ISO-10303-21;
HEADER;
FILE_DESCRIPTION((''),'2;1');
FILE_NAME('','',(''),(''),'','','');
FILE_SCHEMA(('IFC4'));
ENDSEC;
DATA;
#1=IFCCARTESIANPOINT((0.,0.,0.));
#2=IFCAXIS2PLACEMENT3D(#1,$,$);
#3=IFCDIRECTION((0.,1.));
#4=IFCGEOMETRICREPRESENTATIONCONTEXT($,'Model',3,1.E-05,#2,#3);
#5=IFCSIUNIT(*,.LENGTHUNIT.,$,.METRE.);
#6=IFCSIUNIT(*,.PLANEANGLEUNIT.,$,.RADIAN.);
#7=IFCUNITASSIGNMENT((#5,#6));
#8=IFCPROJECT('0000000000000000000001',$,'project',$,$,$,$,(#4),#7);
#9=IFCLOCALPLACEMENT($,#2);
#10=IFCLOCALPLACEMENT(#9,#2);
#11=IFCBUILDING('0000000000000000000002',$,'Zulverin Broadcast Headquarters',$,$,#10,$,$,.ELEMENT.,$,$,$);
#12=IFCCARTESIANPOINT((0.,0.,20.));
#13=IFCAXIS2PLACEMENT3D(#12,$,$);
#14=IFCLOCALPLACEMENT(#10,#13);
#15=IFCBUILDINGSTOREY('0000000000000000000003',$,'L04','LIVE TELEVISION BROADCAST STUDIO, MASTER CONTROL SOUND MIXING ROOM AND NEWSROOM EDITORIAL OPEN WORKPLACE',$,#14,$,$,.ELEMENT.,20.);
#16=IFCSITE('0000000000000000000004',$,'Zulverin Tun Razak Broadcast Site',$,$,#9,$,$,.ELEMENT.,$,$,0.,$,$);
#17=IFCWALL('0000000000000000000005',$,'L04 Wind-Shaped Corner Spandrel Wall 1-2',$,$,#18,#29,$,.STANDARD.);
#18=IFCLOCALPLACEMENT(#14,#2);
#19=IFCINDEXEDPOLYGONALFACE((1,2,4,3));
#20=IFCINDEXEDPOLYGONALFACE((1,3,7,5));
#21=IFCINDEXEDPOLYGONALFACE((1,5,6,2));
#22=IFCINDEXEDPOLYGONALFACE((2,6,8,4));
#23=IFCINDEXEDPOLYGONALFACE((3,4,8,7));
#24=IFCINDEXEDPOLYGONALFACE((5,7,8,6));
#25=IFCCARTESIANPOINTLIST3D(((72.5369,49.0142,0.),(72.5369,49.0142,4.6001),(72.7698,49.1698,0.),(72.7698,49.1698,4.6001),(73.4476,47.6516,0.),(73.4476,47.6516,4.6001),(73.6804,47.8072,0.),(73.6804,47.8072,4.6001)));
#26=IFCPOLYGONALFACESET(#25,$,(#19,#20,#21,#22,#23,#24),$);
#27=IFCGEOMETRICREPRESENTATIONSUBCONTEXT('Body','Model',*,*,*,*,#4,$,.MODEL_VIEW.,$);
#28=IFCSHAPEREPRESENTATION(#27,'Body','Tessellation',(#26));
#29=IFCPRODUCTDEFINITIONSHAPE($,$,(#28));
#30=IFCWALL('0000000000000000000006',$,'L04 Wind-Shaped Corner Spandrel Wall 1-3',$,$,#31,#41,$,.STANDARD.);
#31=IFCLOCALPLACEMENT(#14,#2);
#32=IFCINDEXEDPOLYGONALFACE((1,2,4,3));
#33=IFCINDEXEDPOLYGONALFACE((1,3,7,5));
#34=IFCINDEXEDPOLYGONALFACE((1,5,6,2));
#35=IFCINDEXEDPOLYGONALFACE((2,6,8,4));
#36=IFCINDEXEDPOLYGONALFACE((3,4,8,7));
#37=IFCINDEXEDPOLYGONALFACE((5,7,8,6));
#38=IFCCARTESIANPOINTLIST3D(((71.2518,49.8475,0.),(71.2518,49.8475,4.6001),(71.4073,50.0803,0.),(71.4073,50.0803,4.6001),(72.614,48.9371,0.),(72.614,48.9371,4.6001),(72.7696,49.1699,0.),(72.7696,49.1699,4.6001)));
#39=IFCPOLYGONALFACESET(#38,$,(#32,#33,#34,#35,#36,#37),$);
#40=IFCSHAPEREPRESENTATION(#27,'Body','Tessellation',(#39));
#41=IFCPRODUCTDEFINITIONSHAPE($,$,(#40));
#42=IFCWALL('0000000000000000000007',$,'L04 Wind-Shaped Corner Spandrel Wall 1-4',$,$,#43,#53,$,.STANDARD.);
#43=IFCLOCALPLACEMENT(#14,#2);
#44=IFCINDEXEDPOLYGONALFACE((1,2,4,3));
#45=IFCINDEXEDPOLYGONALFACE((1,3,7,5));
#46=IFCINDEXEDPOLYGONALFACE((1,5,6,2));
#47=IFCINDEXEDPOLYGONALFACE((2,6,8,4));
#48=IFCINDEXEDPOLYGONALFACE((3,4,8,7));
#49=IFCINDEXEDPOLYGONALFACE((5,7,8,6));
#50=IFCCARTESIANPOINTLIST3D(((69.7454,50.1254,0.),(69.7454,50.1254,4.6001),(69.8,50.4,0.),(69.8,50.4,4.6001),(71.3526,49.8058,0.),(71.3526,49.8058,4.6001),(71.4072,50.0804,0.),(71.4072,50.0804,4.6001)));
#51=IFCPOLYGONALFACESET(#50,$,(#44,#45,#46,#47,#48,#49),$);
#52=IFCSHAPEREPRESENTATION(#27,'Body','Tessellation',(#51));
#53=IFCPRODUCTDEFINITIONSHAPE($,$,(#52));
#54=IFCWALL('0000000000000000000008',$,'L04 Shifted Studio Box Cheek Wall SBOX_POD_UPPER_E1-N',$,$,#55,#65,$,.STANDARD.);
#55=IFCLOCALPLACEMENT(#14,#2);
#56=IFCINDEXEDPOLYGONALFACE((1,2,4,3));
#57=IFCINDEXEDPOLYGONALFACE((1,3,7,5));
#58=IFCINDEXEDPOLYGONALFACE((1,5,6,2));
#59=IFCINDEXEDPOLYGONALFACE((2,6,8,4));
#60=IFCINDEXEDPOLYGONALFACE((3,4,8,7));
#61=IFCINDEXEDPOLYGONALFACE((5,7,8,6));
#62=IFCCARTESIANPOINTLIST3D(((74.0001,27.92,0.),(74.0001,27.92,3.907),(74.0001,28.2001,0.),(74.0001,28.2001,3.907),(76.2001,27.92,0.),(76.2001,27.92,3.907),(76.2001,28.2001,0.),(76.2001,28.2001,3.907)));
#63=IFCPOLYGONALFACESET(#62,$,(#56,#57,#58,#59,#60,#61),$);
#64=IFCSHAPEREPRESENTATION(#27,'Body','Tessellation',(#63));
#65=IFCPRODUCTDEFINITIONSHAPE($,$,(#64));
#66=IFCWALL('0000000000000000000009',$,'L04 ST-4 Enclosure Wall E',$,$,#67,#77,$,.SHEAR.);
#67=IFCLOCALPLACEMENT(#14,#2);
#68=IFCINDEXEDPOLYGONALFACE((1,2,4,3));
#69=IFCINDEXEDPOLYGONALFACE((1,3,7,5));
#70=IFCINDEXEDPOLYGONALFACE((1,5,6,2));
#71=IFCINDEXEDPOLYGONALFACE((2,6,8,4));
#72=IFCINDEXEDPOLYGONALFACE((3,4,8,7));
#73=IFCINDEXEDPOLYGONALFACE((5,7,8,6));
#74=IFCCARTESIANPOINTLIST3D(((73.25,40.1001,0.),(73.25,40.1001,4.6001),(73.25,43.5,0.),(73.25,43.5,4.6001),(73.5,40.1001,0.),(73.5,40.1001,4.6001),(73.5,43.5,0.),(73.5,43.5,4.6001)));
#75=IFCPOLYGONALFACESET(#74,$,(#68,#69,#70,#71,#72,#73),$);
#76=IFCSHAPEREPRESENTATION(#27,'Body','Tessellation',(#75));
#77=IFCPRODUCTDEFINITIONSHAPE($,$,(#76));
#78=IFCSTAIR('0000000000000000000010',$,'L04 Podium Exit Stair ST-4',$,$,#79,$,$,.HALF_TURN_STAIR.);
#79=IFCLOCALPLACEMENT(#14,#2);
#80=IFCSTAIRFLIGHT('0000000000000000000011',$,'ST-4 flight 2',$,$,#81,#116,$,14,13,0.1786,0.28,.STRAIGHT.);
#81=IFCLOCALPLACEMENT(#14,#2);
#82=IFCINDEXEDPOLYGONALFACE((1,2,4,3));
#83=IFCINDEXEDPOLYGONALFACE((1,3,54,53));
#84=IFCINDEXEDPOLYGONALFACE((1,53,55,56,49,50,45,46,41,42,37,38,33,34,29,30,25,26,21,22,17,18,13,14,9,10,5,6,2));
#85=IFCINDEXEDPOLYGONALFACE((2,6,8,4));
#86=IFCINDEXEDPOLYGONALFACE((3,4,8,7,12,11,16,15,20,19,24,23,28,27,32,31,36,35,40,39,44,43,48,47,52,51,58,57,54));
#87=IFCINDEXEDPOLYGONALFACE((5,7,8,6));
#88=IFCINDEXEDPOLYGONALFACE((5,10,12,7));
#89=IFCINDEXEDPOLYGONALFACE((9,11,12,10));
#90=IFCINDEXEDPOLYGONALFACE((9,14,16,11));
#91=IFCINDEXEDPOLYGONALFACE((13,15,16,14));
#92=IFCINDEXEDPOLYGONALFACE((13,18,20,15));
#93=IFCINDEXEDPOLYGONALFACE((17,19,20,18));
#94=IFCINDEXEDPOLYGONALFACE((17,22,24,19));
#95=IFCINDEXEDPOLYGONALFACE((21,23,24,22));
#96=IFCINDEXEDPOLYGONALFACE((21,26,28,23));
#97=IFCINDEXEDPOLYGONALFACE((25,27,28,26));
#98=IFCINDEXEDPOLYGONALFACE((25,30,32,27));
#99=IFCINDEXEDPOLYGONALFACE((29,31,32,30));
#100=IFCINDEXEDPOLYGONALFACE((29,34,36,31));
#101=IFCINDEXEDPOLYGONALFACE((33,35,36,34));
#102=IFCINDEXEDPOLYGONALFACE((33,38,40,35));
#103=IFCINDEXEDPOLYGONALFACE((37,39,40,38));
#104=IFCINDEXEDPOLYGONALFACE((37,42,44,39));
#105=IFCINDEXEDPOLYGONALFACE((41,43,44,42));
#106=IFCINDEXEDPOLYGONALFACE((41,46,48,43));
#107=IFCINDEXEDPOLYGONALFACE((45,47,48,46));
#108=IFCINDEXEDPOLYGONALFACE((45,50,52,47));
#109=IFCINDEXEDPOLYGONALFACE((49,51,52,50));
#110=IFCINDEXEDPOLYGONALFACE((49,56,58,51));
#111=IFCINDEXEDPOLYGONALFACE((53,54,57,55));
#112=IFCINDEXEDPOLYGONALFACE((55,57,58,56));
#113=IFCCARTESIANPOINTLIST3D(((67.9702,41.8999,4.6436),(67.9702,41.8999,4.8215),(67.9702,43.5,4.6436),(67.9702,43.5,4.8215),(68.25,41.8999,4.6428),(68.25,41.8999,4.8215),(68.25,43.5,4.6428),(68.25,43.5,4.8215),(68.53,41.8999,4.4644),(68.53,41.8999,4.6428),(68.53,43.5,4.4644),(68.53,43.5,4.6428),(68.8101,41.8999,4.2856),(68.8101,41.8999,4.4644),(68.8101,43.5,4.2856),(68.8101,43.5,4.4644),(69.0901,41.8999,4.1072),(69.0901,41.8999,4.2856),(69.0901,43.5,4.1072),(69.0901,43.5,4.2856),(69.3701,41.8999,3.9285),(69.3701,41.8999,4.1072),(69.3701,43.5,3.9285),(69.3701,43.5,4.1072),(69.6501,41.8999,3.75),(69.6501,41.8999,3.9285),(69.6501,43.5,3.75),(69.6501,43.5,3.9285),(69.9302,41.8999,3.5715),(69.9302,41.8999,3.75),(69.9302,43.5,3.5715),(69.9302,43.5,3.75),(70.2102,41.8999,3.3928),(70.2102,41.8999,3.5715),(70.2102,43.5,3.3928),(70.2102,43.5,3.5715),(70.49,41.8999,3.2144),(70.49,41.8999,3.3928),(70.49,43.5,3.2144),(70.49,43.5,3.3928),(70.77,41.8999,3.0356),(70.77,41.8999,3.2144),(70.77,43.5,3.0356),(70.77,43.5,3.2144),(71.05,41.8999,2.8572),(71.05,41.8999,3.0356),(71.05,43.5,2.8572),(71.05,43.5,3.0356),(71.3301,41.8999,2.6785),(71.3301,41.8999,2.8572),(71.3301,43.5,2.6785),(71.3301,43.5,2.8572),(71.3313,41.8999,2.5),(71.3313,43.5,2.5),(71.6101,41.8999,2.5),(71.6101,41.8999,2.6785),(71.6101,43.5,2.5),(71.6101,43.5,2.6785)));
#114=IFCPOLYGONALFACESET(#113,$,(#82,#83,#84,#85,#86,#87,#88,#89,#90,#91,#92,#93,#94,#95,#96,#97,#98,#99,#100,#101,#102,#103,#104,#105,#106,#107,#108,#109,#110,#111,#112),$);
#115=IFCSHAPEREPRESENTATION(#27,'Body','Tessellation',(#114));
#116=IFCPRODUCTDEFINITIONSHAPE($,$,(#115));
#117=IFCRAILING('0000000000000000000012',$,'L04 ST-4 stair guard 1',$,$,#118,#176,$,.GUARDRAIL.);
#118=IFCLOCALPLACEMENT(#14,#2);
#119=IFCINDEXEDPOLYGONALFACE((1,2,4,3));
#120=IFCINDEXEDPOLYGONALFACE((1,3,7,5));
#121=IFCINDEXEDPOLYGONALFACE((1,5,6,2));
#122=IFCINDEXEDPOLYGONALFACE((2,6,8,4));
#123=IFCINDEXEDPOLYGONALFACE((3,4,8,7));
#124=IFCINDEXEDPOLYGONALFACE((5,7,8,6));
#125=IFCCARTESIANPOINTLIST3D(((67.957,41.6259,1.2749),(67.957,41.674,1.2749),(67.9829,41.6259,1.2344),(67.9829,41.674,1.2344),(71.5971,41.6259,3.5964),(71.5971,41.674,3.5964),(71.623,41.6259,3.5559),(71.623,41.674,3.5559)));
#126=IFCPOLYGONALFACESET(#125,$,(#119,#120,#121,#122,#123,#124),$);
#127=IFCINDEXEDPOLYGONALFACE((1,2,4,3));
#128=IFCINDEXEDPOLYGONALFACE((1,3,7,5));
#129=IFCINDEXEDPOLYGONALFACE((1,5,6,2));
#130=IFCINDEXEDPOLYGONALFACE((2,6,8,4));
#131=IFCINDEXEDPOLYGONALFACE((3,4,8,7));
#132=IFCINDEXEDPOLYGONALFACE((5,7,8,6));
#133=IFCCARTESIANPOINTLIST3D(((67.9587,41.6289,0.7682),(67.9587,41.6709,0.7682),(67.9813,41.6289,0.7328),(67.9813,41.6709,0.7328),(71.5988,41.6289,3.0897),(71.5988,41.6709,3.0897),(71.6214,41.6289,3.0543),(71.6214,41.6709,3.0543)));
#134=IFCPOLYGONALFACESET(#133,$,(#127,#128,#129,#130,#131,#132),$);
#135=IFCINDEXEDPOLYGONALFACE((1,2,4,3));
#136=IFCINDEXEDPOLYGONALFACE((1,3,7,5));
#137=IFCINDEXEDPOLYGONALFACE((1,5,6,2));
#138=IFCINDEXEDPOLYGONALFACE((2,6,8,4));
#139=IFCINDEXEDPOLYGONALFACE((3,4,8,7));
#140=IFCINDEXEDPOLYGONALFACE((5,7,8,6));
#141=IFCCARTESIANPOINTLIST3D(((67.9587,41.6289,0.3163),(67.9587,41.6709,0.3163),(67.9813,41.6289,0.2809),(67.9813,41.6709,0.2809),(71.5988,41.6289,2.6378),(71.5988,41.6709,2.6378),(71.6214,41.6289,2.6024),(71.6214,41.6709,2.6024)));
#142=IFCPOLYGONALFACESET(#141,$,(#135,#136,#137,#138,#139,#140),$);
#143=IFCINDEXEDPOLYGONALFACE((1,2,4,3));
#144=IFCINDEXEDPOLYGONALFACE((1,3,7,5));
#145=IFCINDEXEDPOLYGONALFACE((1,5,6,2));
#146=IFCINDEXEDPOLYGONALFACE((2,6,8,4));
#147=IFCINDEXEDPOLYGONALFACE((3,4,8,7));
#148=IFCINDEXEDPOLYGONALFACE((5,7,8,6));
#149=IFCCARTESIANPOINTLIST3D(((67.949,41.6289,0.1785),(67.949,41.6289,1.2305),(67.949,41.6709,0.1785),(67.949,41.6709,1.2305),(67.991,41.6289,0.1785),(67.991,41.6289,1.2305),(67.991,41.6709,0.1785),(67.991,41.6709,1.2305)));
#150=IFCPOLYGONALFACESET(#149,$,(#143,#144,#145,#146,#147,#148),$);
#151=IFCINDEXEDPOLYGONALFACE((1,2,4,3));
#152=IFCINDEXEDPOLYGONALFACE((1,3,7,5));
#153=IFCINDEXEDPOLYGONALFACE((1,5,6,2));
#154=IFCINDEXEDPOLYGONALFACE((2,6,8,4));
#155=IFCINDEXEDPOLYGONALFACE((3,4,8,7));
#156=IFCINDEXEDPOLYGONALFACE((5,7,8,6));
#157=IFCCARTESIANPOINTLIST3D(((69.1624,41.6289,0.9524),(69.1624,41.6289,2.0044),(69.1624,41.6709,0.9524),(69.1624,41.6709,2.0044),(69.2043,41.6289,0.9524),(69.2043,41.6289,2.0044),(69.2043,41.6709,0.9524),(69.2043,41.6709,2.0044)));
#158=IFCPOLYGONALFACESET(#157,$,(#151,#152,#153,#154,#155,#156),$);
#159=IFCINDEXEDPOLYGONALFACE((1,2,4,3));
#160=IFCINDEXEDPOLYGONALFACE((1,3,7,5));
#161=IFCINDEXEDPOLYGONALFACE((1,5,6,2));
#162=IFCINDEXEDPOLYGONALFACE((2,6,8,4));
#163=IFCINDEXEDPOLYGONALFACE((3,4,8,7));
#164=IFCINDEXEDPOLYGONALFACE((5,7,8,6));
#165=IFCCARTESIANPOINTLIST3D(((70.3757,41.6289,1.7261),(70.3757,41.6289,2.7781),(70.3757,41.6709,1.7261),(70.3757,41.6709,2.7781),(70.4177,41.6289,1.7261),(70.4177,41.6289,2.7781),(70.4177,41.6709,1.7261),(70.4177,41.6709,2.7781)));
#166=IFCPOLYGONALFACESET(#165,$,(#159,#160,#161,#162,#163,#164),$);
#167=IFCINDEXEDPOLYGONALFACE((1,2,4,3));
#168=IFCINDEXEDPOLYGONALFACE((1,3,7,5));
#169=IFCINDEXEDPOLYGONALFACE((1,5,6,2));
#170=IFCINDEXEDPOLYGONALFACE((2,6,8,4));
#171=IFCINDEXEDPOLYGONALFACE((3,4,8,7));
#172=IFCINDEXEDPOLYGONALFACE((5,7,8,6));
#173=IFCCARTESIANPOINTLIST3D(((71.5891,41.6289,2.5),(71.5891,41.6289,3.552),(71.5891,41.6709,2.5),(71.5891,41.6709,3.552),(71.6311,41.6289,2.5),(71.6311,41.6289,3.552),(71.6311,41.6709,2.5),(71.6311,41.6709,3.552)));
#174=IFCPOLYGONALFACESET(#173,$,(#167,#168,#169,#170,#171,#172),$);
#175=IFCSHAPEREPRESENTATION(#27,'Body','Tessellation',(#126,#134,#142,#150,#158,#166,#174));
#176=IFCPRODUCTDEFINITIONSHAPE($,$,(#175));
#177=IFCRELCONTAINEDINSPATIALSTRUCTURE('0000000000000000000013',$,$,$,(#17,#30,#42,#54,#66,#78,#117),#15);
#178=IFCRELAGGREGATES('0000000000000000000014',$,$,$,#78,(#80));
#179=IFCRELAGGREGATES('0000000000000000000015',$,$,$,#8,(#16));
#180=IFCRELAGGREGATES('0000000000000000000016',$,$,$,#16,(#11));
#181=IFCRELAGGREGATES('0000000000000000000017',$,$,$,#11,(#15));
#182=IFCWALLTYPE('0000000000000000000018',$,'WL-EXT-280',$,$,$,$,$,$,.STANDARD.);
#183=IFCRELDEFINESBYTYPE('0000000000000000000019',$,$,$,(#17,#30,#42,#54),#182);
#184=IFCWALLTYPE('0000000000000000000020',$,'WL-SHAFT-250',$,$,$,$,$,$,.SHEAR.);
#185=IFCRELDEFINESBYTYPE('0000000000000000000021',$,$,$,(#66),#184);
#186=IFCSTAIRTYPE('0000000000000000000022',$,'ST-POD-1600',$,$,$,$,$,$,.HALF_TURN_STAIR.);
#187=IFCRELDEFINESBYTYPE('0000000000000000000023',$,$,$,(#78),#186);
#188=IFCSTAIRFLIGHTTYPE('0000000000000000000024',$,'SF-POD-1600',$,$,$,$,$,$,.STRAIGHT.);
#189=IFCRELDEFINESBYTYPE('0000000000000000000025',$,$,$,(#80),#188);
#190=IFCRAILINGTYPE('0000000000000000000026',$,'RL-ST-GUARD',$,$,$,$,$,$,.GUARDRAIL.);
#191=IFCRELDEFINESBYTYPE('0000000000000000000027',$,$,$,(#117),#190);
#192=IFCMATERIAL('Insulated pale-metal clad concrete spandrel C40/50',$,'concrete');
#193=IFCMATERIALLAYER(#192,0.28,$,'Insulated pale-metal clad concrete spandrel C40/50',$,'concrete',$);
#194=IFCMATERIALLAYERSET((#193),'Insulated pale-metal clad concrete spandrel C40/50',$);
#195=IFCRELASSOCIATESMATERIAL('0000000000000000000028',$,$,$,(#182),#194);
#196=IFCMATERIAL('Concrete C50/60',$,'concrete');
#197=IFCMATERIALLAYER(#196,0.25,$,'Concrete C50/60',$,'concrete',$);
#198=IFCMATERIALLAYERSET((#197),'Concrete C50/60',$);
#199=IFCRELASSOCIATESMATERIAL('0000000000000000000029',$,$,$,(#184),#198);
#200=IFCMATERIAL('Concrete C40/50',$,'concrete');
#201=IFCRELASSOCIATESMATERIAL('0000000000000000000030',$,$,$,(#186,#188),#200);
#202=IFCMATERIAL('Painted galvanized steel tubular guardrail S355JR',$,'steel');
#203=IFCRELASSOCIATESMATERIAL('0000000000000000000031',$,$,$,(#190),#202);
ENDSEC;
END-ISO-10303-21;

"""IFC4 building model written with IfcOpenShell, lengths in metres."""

from ifc_helpers import new_model, si_unit, direction, frame, frame_2d, origin, origin_2d, place, context, subcontext, project, spatial, polyline, rectangle, outline, extrude, material, layer, layer_set, type_object, element, aggregate, save


model = new_model("IFC4")

# Units and contexts
model_context = context("Model", 3, precision=1e-05, world=origin(), true_north=direction((0.0, 1.0)))
body_context = subcontext(model_context, "Body", "Model", "MODEL_VIEW")
ifc_project = project(units=[si_unit("LENGTHUNIT", "METRE"), si_unit("PLANEANGLEUNIT", "RADIAN")], contexts=[model_context])

# Site, building, storey
site_placement = place(None, origin())
site = spatial("IfcSite", under=ifc_project, at=site_placement, Name="Zulverin Tun Razak Broadcast Site", CompositionType="ELEMENT", RefElevation=0.0)
building_placement = place(site_placement, origin())
building = spatial("IfcBuilding", under=site, at=building_placement, Name="Zulverin Broadcast Headquarters", CompositionType="ELEMENT")
storey_placement = place(building_placement, frame((0.0, 0.0, 20.0)))
storey = spatial("IfcBuildingStorey", under=building, at=storey_placement, Name="L04", Description="LIVE TELEVISION BROADCAST STUDIO, MASTER CONTROL SOUND MIXING ROOM AND NEWSROOM EDITORIAL OPEN WORKPLACE", CompositionType="ELEMENT", Elevation=20.0)

# Shared definitions
ifc_material_1 = material(Name="Concrete C40/50", Category="concrete")

# Shared definitions
ifc_material_2 = material(Name="Insulated pale-metal clad concrete spandrel C40/50", Category="concrete")
ifc_layer_1 = layer(ifc_material_2, 0.28, Name="Insulated pale-metal clad concrete spandrel C40/50", Category="concrete")
ifc_layer_set_1 = layer_set([ifc_layer_1], Name="Insulated pale-metal clad concrete spandrel C40/50")
wall_type_1 = type_object("IfcWallType", Name="WL-EXT-280", PredefinedType="STANDARD", material=ifc_layer_set_1)

# Walls
for number, where, z_axis, x_axis, name in (
    (1, (73.564, 47.7295, 0.0), (0.0, 0.0, 1.0), (-0.555662, 0.831408, 0.0), "L04 Wind-Shaped Corner Spandrel Wall 1-2"),
):
    element("IfcWall", number, at=place(storey_placement, frame(where, z_axis=z_axis, x_axis=x_axis)), inside=storey, type_object=wall_type_1, Name=name, PredefinedType="STANDARD", context=body_context, shape_type="SweptSolid", body=[
        extrude(rectangle(XDim=1.6389, YDim=0.28, at=frame_2d((0.8193, 0.0))), origin(), (0.0, 0.0, 1.0), 4.6001),
    ])
wall_1_placement = place(storey_placement, frame((72.6919, 49.0535, 0.0), z_axis=(0.0, 0.0, 1.0), x_axis=(-0.831431, 0.555628, 0.0)))
element("IfcWall", 2, at=wall_1_placement, inside=storey, type_object=wall_type_1, Name="L04 Wind-Shaped Corner Spandrel Wall 1-3", PredefinedType="STANDARD", context=body_context, shape_type="SweptSolid", body=[
    extrude(rectangle(XDim=1.6384, YDim=0.28, at=frame_2d((0.8193, 0.0))), origin(), (0.0, 0.0, 1.0), 4.6001),
])
wall_2_placement = place(storey_placement, frame((71.3799, 49.9431, 0.0), z_axis=(0.0, 0.0, 1.0), x_axis=(-0.980798, 0.195027, 0.0)))
element("IfcWall", 3, at=wall_2_placement, inside=storey, type_object=wall_type_1, Name="L04 Wind-Shaped Corner Spandrel Wall 1-4", PredefinedType="STANDARD", context=body_context, shape_type="SweptSolid", body=[
    extrude(rectangle(XDim=1.6387, YDim=0.28, at=frame_2d((0.8193, 0.0))), origin(), (0.0, 0.0, 1.0), 4.6001),
])
wall_3_placement = place(storey_placement, frame((74.0, 28.0601, 0.0), z_axis=(0.0, 0.0, 1.0), x_axis=(1.0, 0.0, 0.0)))
element("IfcWall", 4, at=wall_3_placement, inside=storey, type_object=wall_type_1, Name="L04 Shifted Studio Box Cheek Wall SBOX_POD_UPPER_E1-N", PredefinedType="STANDARD", context=body_context, shape_type="SweptSolid", body=[
    extrude(rectangle(XDim=2.2, YDim=0.28, at=frame_2d((1.1001, 0.0))), origin(), (0.0, 0.0, 1.0), 3.907),
])
ifc_material_3 = material(Name="Concrete C50/60", Category="concrete")
ifc_layer_2 = layer(ifc_material_3, 0.25, Name="Concrete C50/60", Category="concrete")
ifc_layer_set_2 = layer_set([ifc_layer_2], Name="Concrete C50/60")
wall_type_2 = type_object("IfcWallType", Name="WL-SHAFT-250", PredefinedType="SHEAR", material=ifc_layer_set_2)
wall_4_placement = place(storey_placement, frame((73.375, 40.1001, 0.0), z_axis=(0.0, 0.0, 1.0), x_axis=(0.0, 1.0, 0.0)))
element("IfcWall", 5, at=wall_4_placement, inside=storey, type_object=wall_type_2, Name="L04 ST-4 Enclosure Wall E", PredefinedType="SHEAR", context=body_context, shape_type="SweptSolid", body=[
    extrude(rectangle(XDim=3.3999, YDim=0.25, at=frame_2d((1.7, 0.0))), origin(), (0.0, 0.0, 1.0), 4.6001),
])

# Stair, stair flight
stair_type = type_object("IfcStairType", Name="ST-POD-1600", PredefinedType="HALF_TURN_STAIR", material=ifc_material_1)
stair_placement = place(storey_placement, origin())
stair = element("IfcStair", 6, at=stair_placement, inside=storey, type_object=stair_type, Name="L04 Podium Exit Stair ST-4", PredefinedType="HALF_TURN_STAIR")
stair_flight_type = type_object("IfcStairFlightType", Name="SF-POD-1600", PredefinedType="STRAIGHT", material=ifc_material_1)
stair_flight_placement = place(storey_placement, frame((71.6101, 42.7, 2.5), z_axis=(0.0, 0.0, 1.0), x_axis=(-1.0, 0.0, 0.0)))
stair_flight = element("IfcStairFlight", 7, at=stair_flight_placement, type_object=stair_flight_type, Name="ST-4 flight 2", NumberOfRisers=14, NumberOfTreads=13, PredefinedType="STRAIGHT", RiserHeight=0.1786, TreadLength=0.28, context=body_context, shape_type="SweptSolid", body=[
    extrude(outline(polyline([(0.0, 0.0), (0.0, 0.1785), (0.28, 0.1785), (0.28, 0.3572), (0.5601, 0.3572), (0.5601, 0.5356), (0.8401, 0.5356), (0.8401, 0.7144), (1.1201, 0.7144), (1.1201, 0.8928), (1.3999, 0.8928), (1.3999, 1.0715), (1.6799, 1.0715), (1.6799, 1.25), (1.96, 1.25), (1.96, 1.4285), (2.24, 1.4285), (2.24, 1.6072), (2.52, 1.6072), (2.52, 1.7856), (2.8, 1.7856), (2.8, 1.9644), (3.0801, 1.9644), (3.0801, 2.1428), (3.3601, 2.1428), (3.3601, 2.3215), (3.6399, 2.3215), (3.6399, 2.5), (3.6399, 2.1436), (0.2788, 0.0), (0.0, 0.0)])), frame((0.0, 0.8, 0.0), z_axis=(0.0, -1.0, 0.0), x_axis=(1.0, 0.0, 0.0)), (0.0, 0.0, 1.0), 1.6001),
])
aggregate(stair, [stair_flight])

# Railing
ifc_material_4 = material(Name="Painted galvanized steel tubular guardrail S355JR", Category="steel")
railing_type_1 = type_object("IfcRailingType", Name="RL-ST-GUARD", PredefinedType="GUARDRAIL", material=ifc_material_4)
railing_1_placement = place(storey_placement, frame((67.97, 41.6499, 0.1785)))
element("IfcRailing", 8, at=railing_1_placement, inside=storey, type_object=railing_type_1, Name="L04 ST-4 stair guard 1", PredefinedType="GUARDRAIL", context=body_context, shape_type="SweptSolid", body=[
    extrude(rectangle(XDim=0.0481, YDim=0.0481, at=origin_2d()), frame((0.0, 0.0, 1.0762), z_axis=(0.843128, 0.0, 0.537713), x_axis=(0.0, 1.0, 0.0)), (0.0, 0.0, 1.0), 4.3174),
    extrude(rectangle(XDim=0.042, YDim=0.042, at=origin_2d()), frame((0.0, 0.0, 0.572), z_axis=(0.843128, 0.0, 0.537713), x_axis=(0.0, 1.0, 0.0)), (0.0, 0.0, 1.0), 4.3174),
    extrude(rectangle(XDim=0.042, YDim=0.042, at=origin_2d()), frame((0.0, 0.0, 0.1201), z_axis=(0.843128, 0.0, 0.537713), x_axis=(0.0, 1.0, 0.0)), (0.0, 0.0, 1.0), 4.3174),
    extrude(rectangle(XDim=0.042, YDim=0.042, at=origin_2d()), origin(), (0.0, 0.0, 1.0), 1.052),
    extrude(rectangle(XDim=0.042, YDim=0.042, at=origin_2d()), frame((1.2134, 0.0, 0.7739)), (0.0, 0.0, 1.0), 1.052),
    extrude(rectangle(XDim=0.042, YDim=0.042, at=origin_2d()), frame((2.4268, 0.0, 1.5476)), (0.0, 0.0, 1.0), 1.052),
    extrude(rectangle(XDim=0.042, YDim=0.042, at=origin_2d()), frame((3.6401, 0.0, 2.3215)), (0.0, 0.0, 1.0), 1.052),
])

save(model, "model.ifc")
